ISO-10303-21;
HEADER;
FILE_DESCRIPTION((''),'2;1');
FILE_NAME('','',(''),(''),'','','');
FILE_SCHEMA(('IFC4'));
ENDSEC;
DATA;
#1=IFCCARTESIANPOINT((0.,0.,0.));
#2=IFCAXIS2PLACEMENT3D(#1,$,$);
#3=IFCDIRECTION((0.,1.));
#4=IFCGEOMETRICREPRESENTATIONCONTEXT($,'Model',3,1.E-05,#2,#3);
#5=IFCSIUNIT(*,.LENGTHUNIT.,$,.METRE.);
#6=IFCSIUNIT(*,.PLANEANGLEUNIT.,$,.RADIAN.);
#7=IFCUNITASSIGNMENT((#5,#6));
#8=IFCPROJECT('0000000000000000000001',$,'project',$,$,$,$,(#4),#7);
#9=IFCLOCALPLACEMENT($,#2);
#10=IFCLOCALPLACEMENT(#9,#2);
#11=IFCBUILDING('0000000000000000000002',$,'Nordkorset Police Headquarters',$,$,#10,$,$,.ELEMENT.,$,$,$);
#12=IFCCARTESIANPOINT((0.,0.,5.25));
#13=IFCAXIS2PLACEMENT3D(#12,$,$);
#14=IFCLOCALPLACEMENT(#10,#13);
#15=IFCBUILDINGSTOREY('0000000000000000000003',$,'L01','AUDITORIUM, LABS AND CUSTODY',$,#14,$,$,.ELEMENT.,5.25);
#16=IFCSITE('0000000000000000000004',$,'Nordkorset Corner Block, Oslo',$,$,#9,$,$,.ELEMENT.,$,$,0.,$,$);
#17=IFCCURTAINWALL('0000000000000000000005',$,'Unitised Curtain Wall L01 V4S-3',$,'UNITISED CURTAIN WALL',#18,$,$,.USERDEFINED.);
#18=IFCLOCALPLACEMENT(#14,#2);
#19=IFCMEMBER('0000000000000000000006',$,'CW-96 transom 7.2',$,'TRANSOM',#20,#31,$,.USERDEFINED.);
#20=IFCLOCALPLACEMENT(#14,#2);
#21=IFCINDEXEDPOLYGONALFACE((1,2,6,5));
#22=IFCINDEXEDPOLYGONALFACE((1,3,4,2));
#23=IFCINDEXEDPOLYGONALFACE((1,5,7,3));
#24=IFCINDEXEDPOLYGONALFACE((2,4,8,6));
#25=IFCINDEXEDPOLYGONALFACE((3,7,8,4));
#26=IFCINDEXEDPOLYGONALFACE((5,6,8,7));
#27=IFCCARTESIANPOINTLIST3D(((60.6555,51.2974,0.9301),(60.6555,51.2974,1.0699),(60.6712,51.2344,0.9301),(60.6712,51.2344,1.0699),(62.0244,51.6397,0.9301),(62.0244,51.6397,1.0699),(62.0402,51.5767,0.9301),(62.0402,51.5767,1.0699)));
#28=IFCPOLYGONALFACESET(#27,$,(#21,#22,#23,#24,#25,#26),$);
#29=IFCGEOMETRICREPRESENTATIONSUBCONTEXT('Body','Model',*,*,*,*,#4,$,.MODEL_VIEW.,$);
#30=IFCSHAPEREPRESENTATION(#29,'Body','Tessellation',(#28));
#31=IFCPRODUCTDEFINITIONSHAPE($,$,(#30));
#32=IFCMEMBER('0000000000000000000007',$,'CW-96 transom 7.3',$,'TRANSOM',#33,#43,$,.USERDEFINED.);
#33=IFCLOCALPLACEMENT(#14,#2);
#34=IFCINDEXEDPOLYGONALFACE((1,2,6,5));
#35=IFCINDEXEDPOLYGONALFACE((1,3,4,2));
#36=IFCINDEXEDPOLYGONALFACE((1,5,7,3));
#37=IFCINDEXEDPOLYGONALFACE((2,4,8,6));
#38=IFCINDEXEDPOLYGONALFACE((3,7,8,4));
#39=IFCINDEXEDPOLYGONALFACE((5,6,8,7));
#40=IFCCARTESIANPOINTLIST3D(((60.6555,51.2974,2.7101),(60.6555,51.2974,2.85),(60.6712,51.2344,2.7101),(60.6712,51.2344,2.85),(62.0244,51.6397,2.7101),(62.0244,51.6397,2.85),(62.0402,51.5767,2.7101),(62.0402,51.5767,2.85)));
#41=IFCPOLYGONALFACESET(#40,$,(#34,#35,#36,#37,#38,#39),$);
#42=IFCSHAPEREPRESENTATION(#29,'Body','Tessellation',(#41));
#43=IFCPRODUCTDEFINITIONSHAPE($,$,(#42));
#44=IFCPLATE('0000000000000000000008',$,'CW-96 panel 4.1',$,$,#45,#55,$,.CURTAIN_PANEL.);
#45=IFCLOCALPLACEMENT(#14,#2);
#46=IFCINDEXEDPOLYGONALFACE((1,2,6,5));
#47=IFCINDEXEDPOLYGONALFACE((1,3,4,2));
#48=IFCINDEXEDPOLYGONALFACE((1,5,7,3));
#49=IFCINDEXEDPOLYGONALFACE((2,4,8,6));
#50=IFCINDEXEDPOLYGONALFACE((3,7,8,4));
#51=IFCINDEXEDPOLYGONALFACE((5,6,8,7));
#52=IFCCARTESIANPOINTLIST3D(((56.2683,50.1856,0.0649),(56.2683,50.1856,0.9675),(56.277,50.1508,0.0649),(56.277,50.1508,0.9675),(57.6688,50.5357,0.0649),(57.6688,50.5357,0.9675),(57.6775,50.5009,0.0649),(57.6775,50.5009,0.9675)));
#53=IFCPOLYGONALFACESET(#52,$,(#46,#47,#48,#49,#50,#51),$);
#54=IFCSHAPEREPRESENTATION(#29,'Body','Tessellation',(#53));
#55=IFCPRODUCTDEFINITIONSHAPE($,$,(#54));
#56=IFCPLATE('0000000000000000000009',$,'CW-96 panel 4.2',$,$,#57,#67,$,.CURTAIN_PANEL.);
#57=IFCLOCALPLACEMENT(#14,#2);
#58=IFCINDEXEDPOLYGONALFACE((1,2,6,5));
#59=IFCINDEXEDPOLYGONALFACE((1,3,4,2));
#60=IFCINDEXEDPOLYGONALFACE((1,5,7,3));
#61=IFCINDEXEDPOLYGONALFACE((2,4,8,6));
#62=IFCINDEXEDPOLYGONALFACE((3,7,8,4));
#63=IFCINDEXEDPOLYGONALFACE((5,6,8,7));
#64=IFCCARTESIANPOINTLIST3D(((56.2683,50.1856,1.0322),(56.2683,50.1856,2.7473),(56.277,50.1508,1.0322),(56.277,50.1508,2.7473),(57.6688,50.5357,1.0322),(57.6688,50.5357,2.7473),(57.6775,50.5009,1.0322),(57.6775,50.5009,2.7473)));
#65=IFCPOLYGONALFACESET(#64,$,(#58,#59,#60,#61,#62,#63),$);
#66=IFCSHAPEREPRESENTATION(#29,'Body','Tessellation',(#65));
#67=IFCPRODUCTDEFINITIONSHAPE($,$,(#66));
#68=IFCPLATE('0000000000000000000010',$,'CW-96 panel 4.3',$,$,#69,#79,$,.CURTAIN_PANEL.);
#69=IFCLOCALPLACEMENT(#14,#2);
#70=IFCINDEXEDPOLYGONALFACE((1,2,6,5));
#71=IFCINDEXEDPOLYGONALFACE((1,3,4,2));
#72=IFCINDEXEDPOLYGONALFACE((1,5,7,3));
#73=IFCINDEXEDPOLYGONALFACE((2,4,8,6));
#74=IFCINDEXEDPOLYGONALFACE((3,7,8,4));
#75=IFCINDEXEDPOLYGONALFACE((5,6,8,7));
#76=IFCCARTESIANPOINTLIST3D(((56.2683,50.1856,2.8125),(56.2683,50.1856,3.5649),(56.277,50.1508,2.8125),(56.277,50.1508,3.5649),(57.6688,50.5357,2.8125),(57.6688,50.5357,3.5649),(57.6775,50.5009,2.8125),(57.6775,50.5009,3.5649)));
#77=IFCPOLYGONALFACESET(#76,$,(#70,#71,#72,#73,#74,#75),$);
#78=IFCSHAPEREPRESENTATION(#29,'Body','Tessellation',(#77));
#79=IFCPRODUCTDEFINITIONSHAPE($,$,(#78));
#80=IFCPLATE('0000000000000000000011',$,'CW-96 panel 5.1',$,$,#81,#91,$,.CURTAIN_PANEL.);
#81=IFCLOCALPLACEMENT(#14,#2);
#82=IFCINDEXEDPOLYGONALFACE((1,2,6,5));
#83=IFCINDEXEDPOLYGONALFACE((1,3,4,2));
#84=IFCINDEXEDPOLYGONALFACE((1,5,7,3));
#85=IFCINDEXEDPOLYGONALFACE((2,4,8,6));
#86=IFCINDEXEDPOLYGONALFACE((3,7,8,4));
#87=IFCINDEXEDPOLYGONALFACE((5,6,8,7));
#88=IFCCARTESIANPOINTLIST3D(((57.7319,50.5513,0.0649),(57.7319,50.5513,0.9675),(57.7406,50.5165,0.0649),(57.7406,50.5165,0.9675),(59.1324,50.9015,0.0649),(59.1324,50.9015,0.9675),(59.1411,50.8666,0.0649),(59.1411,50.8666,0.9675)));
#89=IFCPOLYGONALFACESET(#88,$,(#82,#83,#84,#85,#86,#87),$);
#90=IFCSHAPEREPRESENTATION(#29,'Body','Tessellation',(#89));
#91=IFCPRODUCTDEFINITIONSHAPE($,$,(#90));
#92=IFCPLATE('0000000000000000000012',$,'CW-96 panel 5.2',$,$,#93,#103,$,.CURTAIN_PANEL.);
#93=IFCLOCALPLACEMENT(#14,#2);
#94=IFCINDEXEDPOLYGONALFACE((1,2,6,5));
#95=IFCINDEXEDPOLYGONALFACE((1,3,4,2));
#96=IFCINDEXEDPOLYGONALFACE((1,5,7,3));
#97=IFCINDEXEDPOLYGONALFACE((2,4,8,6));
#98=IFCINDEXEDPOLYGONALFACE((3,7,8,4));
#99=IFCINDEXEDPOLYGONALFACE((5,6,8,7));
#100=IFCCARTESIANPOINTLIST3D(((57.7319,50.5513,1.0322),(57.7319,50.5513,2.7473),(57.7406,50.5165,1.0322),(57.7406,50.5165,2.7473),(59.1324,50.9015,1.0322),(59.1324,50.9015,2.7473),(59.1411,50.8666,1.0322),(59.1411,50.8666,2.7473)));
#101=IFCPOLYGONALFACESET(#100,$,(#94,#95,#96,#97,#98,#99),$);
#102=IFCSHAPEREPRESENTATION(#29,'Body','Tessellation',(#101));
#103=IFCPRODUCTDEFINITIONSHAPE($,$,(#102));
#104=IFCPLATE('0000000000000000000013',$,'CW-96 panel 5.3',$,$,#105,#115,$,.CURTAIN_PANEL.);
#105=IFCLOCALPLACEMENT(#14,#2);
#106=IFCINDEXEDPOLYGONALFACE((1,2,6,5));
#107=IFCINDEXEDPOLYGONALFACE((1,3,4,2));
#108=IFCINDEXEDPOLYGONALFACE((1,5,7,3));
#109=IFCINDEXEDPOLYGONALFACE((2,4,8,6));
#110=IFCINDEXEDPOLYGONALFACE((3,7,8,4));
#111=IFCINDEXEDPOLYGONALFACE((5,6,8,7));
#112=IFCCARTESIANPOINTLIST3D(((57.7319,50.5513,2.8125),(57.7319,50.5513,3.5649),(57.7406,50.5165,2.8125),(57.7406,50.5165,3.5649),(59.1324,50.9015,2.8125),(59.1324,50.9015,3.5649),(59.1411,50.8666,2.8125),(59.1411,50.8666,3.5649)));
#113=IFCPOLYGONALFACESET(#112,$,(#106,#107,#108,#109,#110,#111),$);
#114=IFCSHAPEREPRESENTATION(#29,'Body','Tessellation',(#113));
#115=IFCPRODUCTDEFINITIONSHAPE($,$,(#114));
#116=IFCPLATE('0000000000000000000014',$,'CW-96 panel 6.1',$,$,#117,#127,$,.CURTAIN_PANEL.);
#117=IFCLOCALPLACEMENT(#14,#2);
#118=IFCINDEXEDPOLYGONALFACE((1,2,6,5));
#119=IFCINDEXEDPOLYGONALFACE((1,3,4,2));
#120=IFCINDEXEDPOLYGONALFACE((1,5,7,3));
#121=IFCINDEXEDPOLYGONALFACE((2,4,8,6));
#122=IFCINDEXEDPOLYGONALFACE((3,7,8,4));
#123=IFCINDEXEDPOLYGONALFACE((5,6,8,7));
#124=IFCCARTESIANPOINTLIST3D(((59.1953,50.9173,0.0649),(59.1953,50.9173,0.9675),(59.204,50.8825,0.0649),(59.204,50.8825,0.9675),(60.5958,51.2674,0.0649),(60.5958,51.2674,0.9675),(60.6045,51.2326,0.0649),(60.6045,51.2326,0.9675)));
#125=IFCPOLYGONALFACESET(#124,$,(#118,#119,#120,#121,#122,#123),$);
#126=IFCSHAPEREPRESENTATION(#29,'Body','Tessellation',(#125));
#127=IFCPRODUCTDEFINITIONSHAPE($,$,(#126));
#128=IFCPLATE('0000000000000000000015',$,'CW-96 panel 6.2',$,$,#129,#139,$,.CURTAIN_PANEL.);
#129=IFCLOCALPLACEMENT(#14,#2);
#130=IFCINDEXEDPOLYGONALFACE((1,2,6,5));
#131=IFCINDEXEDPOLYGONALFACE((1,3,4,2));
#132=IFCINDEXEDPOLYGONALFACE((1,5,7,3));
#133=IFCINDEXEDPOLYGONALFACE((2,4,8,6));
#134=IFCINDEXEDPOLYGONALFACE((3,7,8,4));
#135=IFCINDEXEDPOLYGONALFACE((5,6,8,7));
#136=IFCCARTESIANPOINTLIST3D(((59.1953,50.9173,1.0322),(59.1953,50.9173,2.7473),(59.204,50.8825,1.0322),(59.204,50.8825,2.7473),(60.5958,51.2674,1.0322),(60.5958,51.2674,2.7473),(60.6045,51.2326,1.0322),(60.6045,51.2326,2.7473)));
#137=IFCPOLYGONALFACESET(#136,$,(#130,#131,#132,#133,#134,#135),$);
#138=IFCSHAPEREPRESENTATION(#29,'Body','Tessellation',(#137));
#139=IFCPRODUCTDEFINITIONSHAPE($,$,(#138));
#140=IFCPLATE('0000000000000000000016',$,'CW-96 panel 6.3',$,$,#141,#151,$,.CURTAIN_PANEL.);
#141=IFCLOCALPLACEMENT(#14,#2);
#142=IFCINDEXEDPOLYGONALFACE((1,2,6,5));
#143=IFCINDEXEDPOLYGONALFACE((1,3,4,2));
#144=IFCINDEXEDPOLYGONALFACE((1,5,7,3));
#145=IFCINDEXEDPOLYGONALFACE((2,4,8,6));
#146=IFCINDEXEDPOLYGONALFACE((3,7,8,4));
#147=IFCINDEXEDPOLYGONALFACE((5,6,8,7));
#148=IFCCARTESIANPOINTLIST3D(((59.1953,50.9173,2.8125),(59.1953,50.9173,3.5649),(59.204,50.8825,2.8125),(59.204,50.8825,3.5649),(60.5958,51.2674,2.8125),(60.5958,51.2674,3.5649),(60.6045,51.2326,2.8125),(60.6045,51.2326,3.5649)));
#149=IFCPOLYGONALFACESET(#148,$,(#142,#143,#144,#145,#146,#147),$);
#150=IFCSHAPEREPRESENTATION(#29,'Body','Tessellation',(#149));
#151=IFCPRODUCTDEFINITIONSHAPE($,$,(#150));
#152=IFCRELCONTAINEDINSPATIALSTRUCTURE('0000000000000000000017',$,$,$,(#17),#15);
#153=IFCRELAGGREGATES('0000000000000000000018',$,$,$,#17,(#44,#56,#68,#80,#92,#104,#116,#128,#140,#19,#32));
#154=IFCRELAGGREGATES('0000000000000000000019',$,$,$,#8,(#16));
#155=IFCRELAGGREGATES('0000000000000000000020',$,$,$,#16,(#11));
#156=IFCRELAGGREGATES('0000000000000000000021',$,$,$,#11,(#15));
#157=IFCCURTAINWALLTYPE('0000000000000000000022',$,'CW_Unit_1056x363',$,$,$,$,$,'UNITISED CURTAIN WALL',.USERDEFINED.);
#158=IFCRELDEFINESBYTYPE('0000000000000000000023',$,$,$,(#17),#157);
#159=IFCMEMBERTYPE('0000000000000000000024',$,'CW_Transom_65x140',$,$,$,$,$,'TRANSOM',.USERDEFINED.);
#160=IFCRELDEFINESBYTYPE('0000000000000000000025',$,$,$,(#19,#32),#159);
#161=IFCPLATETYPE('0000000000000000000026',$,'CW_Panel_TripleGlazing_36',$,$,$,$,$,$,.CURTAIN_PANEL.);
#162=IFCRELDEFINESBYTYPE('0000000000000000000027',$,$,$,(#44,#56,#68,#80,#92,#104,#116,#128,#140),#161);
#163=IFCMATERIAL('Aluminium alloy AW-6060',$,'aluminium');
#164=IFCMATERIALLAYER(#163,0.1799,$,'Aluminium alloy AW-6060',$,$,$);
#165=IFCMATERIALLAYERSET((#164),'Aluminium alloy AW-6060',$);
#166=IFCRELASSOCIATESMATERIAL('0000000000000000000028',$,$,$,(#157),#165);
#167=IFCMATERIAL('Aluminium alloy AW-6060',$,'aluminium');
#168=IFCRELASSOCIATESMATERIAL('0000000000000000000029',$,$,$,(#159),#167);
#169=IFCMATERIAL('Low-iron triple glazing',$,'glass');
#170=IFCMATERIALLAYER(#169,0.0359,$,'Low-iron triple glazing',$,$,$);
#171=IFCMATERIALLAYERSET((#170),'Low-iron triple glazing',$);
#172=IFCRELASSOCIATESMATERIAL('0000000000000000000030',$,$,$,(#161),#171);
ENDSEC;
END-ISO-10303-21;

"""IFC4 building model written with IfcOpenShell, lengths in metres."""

from ifc_helpers import new_model, si_unit, direction, frame, origin, origin_2d, place, context, subcontext, project, spatial, rectangle, extrude, material, layer, layer_set, material_profile, profile_set, type_object, element, aggregate, save


model = new_model("IFC4")

# Units and contexts
model_context = context("Model", 3, precision=1e-05, world=origin(), true_north=direction((0.0, 1.0)))
body_context = subcontext(model_context, "Body", "Model", "MODEL_VIEW")
ifc_project = project(units=[si_unit("LENGTHUNIT", "METRE"), si_unit("PLANEANGLEUNIT", "RADIAN")], contexts=[model_context])

# Site, building, storey
site_placement = place(None, origin())
site = spatial("IfcSite", under=ifc_project, at=site_placement, Name="Nordkorset Corner Block, Oslo", CompositionType="ELEMENT", RefElevation=0.0)
building_placement = place(site_placement, origin())
building = spatial("IfcBuilding", under=site, at=building_placement, Name="Nordkorset Police Headquarters", CompositionType="ELEMENT")
storey_placement = place(building_placement, frame((0.0, 0.0, 5.25)))
storey = spatial("IfcBuildingStorey", under=building, at=storey_placement, Name="L01", Description="AUDITORIUM, LABS AND CUSTODY", CompositionType="ELEMENT", Elevation=5.25)

# Curtain wall, members, plates
ifc_material_1 = material(Name="Aluminium alloy AW-6060", Category="aluminium")
ifc_layer_1 = layer(ifc_material_1, 0.1799, Name="Aluminium alloy AW-6060")
ifc_layer_set_1 = layer_set([ifc_layer_1], Name="Aluminium alloy AW-6060")
curtain_wall_type = type_object("IfcCurtainWallType", Name="CW_Unit_1056x363", ElementType="UNITISED CURTAIN WALL", PredefinedType="USERDEFINED", material=ifc_layer_set_1)
curtain_wall_placement = place(storey_placement, origin())
curtain_wall = element("IfcCurtainWall", 1, at=curtain_wall_placement, inside=storey, type_object=curtain_wall_type, Name="Unitised Curtain Wall L01 V4S-3", ObjectType="UNITISED CURTAIN WALL", PredefinedType="USERDEFINED")
ifc_material_2 = material(Name="Aluminium alloy AW-6060", Category="aluminium")
ifc_material_profile_1 = material_profile(ifc_material_2, rectangle(XDim=0.0649, YDim=0.1399, at=origin_2d()), Name="ALU TRAN 65x140")
ifc_profile_set_1 = profile_set([ifc_material_profile_1], Name="Aluminium alloy AW-6060")
member_type_1 = type_object("IfcMemberType", Name="CW_Transom_65x140", ElementType="TRANSOM", PredefinedType="USERDEFINED", material=ifc_profile_set_1)
member_1_placement = place(storey_placement, frame((60.6633, 51.2659, 1.0), z_axis=(0.970132, 0.242576, 0.0), x_axis=(-0.242576, 0.970132, 0.0)))
member_1 = element("IfcMember", 2, at=member_1_placement, type_object=member_type_1, Name="CW-96 transom 7.2", ObjectType="TRANSOM", PredefinedType="USERDEFINED", context=body_context, shape_type="SweptSolid", body=[
    extrude(rectangle(XDim=0.0649, YDim=0.1399, at=origin_2d()), origin(), (0.0, 0.0, 1.0), 1.4111),
])
member_2_placement = place(storey_placement, frame((60.6633, 51.2659, 2.78), z_axis=(0.970132, 0.242576, 0.0), x_axis=(-0.242576, 0.970132, 0.0)))
member_2 = element("IfcMember", 3, at=member_2_placement, type_object=member_type_1, Name="CW-96 transom 7.3", ObjectType="TRANSOM", PredefinedType="USERDEFINED", context=body_context, shape_type="SweptSolid", body=[
    extrude(rectangle(XDim=0.0649, YDim=0.1399, at=origin_2d()), origin(), (0.0, 0.0, 1.0), 1.4111),
])
ifc_material_3 = material(Name="Low-iron triple glazing", Category="glass")
ifc_layer_2 = layer(ifc_material_3, 0.0359, Name="Low-iron triple glazing")
ifc_layer_set_2 = layer_set([ifc_layer_2], Name="Low-iron triple glazing")
plate_type = type_object("IfcPlateType", Name="CW_Panel_TripleGlazing_36", PredefinedType="CURTAIN_PANEL", material=ifc_layer_set_2)
plate_1_placement = place(storey_placement, frame((56.9729, 50.3433, 0.0649), z_axis=(0.0, 0.0, 1.0), x_axis=(0.970143, 0.242535, 0.0)))
plate_1 = element("IfcPlate", 4, at=plate_1_placement, type_object=plate_type, Name="CW-96 panel 4.1", PredefinedType="CURTAIN_PANEL", context=body_context, shape_type="SweptSolid", body=[
    extrude(rectangle(XDim=1.4436, YDim=0.0359, at=origin_2d()), origin(), (0.0, 0.0, 1.0), 0.9026),
])
plate_2_placement = place(storey_placement, frame((56.9729, 50.3433, 1.0322), z_axis=(0.0, 0.0, 1.0), x_axis=(0.970143, 0.242535, 0.0)))
plate_2 = element("IfcPlate", 5, at=plate_2_placement, type_object=plate_type, Name="CW-96 panel 4.2", PredefinedType="CURTAIN_PANEL", context=body_context, shape_type="SweptSolid", body=[
    extrude(rectangle(XDim=1.4436, YDim=0.0359, at=origin_2d()), origin(), (0.0, 0.0, 1.0), 1.7151),
])
plate_3_placement = place(storey_placement, frame((56.9729, 50.3433, 2.8125), z_axis=(0.0, 0.0, 1.0), x_axis=(0.970143, 0.242535, 0.0)))
plate_3 = element("IfcPlate", 6, at=plate_3_placement, type_object=plate_type, Name="CW-96 panel 4.3", PredefinedType="CURTAIN_PANEL", context=body_context, shape_type="SweptSolid", body=[
    extrude(rectangle(XDim=1.4436, YDim=0.0359, at=origin_2d()), origin(), (0.0, 0.0, 1.0), 0.7524),
])
plate_4_placement = place(storey_placement, frame((58.4365, 50.709, 0.0649), z_axis=(0.0, 0.0, 1.0), x_axis=(0.970143, 0.242535, 0.0)))
plate_4 = element("IfcPlate", 7, at=plate_4_placement, type_object=plate_type, Name="CW-96 panel 5.1", PredefinedType="CURTAIN_PANEL", context=body_context, shape_type="SweptSolid", body=[
    extrude(rectangle(XDim=1.4436, YDim=0.0359, at=origin_2d()), origin(), (0.0, 0.0, 1.0), 0.9026),
])
plate_5_placement = place(storey_placement, frame((58.4365, 50.709, 1.0322), z_axis=(0.0, 0.0, 1.0), x_axis=(0.970143, 0.242535, 0.0)))
plate_5 = element("IfcPlate", 8, at=plate_5_placement, type_object=plate_type, Name="CW-96 panel 5.2", PredefinedType="CURTAIN_PANEL", context=body_context, shape_type="SweptSolid", body=[
    extrude(rectangle(XDim=1.4436, YDim=0.0359, at=origin_2d()), origin(), (0.0, 0.0, 1.0), 1.7151),
])
plate_6_placement = place(storey_placement, frame((58.4365, 50.709, 2.8125), z_axis=(0.0, 0.0, 1.0), x_axis=(0.970143, 0.242535, 0.0)))
plate_6 = element("IfcPlate", 9, at=plate_6_placement, type_object=plate_type, Name="CW-96 panel 5.3", PredefinedType="CURTAIN_PANEL", context=body_context, shape_type="SweptSolid", body=[
    extrude(rectangle(XDim=1.4436, YDim=0.0359, at=origin_2d()), origin(), (0.0, 0.0, 1.0), 0.7524),
])
plate_7_placement = place(storey_placement, frame((59.8999, 51.075, 0.0649), z_axis=(0.0, 0.0, 1.0), x_axis=(0.970143, 0.242535, 0.0)))
plate_7 = element("IfcPlate", 10, at=plate_7_placement, type_object=plate_type, Name="CW-96 panel 6.1", PredefinedType="CURTAIN_PANEL", context=body_context, shape_type="SweptSolid", body=[
    extrude(rectangle(XDim=1.4436, YDim=0.0359, at=origin_2d()), origin(), (0.0, 0.0, 1.0), 0.9026),
])
plate_8_placement = place(storey_placement, frame((59.8999, 51.075, 1.0322), z_axis=(0.0, 0.0, 1.0), x_axis=(0.970143, 0.242535, 0.0)))
plate_8 = element("IfcPlate", 11, at=plate_8_placement, type_object=plate_type, Name="CW-96 panel 6.2", PredefinedType="CURTAIN_PANEL", context=body_context, shape_type="SweptSolid", body=[
    extrude(rectangle(XDim=1.4436, YDim=0.0359, at=origin_2d()), origin(), (0.0, 0.0, 1.0), 1.7151),
])
plate_9_placement = place(storey_placement, frame((59.8999, 51.075, 2.8125), z_axis=(0.0, 0.0, 1.0), x_axis=(0.970143, 0.242535, 0.0)))
plate_9 = element("IfcPlate", 12, at=plate_9_placement, type_object=plate_type, Name="CW-96 panel 6.3", PredefinedType="CURTAIN_PANEL", context=body_context, shape_type="SweptSolid", body=[
    extrude(rectangle(XDim=1.4436, YDim=0.0359, at=origin_2d()), origin(), (0.0, 0.0, 1.0), 0.7524),
])
aggregate(curtain_wall, [plate_1, plate_2, plate_3, plate_4, plate_5, plate_6, plate_7, plate_8, plate_9, member_1, member_2])

save(model, "model.ifc")
